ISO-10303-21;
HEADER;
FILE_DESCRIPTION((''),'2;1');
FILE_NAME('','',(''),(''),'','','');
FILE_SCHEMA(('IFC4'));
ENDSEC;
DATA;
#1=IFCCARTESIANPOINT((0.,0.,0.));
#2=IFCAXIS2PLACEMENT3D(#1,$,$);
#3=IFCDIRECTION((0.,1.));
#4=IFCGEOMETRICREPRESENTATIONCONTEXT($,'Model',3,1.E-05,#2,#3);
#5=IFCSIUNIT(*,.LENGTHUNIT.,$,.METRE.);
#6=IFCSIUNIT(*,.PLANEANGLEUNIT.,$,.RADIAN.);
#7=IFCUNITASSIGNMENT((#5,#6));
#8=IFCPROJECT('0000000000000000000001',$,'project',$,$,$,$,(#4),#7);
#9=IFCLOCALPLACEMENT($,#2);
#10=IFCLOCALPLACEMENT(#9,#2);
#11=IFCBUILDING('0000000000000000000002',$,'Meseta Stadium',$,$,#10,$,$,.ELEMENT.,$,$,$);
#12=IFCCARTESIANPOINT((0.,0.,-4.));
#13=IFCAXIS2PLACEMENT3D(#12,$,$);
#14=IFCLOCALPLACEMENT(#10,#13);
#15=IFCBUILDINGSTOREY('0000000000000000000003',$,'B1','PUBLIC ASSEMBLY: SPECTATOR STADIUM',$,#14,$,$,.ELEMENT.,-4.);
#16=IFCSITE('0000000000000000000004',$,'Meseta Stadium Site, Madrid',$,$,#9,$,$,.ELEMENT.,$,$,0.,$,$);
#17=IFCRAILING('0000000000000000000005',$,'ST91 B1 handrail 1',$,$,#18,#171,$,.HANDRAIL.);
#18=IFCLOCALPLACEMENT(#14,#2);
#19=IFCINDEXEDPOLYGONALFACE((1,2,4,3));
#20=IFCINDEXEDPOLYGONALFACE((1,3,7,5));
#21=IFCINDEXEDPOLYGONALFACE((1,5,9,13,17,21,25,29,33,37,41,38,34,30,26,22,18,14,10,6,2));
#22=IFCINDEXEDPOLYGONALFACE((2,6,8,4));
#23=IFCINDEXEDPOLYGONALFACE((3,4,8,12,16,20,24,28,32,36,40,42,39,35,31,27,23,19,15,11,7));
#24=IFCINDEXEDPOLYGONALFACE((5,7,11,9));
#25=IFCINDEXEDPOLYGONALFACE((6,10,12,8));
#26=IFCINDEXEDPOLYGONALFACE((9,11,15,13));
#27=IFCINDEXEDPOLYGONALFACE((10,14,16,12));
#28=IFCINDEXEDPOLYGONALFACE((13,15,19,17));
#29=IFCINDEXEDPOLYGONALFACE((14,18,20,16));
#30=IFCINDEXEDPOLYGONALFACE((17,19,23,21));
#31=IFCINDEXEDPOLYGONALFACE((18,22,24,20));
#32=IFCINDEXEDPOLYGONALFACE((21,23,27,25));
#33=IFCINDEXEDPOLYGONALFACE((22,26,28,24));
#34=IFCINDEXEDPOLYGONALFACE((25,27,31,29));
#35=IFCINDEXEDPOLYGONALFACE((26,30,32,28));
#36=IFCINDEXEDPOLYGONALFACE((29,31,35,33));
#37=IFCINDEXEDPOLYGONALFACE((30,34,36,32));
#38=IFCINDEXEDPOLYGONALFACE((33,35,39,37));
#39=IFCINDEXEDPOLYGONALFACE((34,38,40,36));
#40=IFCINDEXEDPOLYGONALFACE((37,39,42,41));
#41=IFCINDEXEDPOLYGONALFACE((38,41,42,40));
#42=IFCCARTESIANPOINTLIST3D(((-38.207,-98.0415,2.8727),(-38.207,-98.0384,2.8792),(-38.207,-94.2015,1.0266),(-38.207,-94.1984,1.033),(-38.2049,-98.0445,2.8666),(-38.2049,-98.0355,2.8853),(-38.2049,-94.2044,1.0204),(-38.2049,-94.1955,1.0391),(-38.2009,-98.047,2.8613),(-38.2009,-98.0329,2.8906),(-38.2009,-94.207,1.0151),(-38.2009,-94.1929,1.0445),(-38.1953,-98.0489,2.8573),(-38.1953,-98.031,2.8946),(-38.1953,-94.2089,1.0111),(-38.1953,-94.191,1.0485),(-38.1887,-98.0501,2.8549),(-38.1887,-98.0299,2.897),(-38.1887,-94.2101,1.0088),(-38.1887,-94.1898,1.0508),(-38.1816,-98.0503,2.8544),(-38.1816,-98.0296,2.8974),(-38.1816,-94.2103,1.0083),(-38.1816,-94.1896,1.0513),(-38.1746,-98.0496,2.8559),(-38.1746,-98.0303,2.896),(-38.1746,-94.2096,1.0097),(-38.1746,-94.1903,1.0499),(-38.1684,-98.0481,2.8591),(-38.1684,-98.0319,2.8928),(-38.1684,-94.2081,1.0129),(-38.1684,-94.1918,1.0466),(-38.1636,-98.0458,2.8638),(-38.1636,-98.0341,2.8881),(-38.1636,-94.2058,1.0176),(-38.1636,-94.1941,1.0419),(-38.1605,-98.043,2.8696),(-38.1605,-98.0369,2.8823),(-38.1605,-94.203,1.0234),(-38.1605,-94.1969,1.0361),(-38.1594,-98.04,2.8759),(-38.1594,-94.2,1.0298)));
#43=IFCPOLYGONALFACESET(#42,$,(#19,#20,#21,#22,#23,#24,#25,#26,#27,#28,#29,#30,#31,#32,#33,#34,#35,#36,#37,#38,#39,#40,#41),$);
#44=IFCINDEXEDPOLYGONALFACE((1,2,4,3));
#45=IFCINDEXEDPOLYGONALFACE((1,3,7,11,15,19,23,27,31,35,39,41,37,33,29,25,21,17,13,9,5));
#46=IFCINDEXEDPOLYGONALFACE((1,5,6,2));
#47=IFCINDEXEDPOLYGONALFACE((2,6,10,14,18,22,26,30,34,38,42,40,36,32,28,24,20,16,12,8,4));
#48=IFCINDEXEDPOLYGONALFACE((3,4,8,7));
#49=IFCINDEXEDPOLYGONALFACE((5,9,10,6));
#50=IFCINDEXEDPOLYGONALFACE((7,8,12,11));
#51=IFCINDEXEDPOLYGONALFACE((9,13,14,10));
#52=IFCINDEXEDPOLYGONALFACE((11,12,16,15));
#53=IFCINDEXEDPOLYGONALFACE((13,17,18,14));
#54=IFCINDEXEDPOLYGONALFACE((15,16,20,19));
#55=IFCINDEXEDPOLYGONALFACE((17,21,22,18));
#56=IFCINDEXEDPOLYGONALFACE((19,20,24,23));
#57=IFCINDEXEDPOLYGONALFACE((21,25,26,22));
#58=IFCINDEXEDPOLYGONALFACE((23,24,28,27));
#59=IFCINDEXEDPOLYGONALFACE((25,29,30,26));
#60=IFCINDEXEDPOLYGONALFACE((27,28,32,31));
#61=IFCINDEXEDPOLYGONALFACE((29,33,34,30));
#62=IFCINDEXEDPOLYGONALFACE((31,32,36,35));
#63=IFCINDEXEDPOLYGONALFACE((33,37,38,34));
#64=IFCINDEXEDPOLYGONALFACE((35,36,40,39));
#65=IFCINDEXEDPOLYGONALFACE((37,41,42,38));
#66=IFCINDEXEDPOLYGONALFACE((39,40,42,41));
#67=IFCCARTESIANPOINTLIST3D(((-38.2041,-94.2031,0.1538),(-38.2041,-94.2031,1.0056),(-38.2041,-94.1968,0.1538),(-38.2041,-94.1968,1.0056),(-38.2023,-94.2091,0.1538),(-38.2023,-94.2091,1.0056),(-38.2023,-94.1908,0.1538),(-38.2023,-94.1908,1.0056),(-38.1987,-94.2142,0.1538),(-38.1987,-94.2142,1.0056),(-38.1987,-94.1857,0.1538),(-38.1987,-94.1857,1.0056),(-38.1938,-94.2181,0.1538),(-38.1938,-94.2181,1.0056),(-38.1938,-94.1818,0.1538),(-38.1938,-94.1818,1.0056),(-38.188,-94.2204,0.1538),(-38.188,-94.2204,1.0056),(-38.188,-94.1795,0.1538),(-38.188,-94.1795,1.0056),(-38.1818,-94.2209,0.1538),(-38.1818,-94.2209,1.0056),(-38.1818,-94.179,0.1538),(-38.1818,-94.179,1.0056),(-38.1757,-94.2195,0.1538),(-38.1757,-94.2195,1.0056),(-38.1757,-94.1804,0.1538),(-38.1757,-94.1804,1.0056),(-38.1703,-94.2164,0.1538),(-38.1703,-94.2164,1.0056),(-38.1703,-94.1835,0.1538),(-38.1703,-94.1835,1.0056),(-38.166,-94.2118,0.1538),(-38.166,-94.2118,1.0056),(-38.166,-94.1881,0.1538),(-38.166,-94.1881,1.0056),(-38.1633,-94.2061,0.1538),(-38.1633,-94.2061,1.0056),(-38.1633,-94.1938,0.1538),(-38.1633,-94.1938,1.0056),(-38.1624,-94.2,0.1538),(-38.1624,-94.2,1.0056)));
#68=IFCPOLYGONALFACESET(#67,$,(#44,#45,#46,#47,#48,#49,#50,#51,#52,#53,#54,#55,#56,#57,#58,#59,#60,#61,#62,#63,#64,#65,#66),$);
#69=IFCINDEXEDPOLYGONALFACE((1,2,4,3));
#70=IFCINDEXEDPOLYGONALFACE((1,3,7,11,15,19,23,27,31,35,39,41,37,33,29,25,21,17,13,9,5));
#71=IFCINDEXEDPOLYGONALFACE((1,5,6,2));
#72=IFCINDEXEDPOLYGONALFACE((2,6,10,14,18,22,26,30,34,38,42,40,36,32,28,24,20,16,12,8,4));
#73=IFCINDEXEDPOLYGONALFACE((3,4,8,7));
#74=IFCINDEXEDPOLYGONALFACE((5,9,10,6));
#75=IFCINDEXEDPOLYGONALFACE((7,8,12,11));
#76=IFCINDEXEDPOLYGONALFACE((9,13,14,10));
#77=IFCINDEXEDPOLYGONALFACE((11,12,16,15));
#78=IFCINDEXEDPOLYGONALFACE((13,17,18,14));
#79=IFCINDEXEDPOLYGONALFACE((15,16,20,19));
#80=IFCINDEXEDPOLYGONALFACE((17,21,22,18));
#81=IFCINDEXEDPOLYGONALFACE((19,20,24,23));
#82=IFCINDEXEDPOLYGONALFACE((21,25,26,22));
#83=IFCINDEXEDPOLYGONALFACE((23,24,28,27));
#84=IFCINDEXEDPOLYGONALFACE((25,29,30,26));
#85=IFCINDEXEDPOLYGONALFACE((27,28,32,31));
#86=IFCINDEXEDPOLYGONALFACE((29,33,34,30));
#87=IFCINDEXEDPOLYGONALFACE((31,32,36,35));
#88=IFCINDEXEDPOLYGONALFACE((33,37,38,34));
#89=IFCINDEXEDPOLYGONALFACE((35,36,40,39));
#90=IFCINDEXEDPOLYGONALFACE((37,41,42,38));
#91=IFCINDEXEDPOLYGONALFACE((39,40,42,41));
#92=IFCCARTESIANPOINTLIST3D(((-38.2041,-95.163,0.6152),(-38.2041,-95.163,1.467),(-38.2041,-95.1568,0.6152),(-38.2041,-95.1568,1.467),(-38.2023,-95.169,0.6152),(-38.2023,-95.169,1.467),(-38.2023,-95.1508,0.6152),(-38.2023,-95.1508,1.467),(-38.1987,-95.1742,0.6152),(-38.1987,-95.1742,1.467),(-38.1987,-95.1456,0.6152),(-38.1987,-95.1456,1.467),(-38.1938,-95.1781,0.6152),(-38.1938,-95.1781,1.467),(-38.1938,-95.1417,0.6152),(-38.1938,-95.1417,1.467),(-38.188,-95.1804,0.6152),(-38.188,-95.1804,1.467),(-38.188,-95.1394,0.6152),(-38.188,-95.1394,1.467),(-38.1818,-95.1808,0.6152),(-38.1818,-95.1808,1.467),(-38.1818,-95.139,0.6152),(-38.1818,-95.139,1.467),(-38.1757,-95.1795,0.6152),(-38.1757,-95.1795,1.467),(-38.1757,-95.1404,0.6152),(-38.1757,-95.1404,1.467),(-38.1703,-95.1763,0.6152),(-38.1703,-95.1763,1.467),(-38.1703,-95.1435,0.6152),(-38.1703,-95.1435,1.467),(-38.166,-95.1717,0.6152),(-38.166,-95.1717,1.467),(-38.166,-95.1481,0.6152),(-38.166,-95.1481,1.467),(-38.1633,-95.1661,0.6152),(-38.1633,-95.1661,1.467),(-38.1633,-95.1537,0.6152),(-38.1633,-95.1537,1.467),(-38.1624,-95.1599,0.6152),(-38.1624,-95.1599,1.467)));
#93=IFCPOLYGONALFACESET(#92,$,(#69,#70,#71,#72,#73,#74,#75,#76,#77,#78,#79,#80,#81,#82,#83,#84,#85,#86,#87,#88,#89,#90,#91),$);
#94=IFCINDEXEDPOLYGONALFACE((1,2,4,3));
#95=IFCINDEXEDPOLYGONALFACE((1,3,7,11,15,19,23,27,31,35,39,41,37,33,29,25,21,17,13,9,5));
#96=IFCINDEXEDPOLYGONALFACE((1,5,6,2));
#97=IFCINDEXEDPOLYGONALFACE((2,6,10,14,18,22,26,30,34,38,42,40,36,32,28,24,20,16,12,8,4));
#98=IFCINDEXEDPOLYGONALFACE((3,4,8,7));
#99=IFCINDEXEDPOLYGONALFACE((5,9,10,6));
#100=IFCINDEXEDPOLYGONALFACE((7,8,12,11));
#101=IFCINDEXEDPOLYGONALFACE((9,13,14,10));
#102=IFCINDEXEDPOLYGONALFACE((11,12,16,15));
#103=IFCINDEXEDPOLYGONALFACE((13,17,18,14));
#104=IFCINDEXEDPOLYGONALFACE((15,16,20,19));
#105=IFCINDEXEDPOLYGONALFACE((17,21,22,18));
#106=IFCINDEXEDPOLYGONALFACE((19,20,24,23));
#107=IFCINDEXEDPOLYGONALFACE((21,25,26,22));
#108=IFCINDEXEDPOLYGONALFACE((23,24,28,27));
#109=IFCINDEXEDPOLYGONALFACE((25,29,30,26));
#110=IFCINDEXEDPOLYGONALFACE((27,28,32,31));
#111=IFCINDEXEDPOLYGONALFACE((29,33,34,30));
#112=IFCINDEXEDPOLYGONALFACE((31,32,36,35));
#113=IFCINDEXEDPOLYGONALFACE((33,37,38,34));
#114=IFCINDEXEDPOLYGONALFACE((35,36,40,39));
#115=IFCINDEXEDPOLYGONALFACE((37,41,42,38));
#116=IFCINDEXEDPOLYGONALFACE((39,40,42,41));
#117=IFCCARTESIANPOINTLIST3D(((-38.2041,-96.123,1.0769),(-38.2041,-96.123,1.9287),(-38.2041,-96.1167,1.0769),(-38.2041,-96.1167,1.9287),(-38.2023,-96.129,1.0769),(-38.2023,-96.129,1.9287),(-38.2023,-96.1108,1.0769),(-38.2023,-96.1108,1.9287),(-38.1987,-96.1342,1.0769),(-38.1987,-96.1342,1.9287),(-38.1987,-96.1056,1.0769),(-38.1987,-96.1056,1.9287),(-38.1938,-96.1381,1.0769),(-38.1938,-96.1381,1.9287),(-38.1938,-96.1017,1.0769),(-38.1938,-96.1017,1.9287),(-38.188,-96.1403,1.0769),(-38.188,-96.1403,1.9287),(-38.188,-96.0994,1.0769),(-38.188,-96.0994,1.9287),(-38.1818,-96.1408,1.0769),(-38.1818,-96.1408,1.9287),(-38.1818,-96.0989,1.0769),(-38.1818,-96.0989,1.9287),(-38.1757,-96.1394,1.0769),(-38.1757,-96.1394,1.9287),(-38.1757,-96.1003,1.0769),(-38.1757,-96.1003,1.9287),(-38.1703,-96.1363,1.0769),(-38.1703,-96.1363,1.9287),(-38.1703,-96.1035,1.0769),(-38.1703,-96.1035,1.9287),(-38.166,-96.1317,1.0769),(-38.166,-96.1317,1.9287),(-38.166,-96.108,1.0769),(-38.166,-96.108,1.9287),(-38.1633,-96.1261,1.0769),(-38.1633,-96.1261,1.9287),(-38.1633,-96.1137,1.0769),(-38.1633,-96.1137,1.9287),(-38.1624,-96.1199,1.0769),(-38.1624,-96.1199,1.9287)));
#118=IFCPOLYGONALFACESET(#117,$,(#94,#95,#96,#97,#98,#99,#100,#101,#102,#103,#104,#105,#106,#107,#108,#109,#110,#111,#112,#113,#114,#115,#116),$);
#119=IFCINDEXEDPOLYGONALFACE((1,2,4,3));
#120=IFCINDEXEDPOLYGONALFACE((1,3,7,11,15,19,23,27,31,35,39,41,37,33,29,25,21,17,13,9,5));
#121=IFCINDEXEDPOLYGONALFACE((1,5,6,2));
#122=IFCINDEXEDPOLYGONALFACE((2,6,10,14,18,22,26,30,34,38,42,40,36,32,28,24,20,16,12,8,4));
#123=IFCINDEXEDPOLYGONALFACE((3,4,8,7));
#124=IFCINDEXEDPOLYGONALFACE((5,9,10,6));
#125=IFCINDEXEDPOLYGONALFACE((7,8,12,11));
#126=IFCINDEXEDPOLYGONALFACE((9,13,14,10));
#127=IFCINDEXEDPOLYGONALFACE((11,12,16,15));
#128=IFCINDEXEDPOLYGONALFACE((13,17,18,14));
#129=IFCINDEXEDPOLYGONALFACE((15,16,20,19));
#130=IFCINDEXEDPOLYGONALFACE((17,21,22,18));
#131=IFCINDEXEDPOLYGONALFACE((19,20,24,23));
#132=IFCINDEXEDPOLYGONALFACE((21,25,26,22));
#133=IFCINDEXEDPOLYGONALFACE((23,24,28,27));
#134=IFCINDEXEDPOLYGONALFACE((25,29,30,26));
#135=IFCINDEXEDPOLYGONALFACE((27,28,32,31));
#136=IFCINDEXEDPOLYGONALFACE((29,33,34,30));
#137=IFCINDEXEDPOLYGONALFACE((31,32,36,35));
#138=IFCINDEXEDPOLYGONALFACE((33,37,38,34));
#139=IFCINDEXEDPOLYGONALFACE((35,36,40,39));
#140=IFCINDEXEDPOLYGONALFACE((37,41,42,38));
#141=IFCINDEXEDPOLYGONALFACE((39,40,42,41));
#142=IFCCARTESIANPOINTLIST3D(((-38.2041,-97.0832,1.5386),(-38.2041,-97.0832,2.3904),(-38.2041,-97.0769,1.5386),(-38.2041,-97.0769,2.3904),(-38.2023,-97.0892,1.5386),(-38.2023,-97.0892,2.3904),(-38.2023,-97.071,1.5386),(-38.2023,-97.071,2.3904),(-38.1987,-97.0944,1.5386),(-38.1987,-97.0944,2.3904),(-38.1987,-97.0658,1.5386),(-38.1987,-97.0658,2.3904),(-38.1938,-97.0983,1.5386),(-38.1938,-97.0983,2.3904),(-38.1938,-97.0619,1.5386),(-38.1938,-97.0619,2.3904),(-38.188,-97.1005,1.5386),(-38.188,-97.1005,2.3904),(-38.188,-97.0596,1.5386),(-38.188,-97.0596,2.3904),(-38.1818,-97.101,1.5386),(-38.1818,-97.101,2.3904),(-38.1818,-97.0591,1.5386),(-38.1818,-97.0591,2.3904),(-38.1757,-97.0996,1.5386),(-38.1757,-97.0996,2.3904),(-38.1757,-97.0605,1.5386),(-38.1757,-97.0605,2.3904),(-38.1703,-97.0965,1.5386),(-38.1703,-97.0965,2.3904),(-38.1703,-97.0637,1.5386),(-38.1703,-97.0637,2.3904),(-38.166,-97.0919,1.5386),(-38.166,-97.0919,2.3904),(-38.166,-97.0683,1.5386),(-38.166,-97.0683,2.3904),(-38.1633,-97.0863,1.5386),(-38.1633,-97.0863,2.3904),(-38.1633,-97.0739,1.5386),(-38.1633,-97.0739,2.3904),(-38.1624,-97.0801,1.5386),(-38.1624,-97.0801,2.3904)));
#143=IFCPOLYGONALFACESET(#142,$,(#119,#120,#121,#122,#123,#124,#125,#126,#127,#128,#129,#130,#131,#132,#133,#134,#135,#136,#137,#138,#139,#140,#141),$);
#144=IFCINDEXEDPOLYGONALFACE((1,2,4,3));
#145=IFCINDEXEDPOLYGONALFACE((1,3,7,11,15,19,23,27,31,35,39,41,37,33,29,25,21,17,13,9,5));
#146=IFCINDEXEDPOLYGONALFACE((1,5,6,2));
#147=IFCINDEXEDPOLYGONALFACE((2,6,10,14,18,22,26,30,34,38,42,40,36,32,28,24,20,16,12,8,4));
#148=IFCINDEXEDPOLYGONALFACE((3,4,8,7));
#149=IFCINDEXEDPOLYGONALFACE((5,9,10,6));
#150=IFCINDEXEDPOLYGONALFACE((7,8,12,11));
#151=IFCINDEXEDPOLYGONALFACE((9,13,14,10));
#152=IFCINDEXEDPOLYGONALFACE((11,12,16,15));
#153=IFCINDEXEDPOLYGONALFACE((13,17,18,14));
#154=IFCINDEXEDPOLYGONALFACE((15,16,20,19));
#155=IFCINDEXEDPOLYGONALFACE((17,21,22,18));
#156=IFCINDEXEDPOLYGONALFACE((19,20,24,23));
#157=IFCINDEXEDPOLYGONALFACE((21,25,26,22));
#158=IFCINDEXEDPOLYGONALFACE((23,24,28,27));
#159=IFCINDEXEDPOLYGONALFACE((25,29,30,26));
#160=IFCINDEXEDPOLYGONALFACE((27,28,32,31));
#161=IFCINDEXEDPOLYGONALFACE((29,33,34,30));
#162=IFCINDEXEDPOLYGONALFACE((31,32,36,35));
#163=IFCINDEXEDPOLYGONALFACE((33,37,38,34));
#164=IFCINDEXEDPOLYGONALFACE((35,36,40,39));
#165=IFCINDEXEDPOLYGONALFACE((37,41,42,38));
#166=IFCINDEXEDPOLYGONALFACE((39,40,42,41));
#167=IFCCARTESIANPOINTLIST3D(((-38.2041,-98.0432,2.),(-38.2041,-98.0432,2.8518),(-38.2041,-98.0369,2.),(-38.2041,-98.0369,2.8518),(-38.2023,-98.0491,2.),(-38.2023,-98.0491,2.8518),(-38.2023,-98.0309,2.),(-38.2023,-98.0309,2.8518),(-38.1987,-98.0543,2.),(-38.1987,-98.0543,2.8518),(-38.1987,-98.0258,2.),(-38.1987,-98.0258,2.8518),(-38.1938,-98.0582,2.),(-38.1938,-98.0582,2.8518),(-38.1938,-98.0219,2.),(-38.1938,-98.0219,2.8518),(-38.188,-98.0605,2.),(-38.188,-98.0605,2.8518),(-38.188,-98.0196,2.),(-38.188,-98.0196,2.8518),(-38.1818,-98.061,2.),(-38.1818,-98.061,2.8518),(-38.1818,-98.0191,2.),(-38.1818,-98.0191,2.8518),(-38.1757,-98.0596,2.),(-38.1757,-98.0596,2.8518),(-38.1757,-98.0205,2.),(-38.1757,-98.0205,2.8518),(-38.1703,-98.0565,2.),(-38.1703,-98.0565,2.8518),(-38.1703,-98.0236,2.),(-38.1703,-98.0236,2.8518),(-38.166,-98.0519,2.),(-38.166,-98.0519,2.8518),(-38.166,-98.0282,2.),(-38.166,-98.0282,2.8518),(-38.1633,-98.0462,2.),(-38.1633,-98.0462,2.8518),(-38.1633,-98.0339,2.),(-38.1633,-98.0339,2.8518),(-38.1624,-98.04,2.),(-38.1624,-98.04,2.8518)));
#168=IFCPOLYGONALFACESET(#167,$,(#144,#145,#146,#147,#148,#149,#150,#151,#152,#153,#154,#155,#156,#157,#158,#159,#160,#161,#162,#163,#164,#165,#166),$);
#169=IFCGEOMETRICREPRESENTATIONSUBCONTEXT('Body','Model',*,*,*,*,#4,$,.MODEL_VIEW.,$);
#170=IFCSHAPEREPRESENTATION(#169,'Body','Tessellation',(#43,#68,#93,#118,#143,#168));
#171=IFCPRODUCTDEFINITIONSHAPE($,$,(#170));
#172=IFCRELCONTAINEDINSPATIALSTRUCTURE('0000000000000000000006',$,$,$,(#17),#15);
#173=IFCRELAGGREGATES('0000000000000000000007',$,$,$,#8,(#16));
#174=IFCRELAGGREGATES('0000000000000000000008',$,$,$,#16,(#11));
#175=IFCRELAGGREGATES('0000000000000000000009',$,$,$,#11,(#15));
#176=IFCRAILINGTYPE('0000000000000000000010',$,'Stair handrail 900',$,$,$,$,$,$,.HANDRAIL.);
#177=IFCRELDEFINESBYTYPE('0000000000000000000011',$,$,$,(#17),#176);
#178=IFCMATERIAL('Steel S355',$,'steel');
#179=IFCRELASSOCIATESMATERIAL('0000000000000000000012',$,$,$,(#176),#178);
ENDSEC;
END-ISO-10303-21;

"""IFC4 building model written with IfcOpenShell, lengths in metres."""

from ifc_helpers import new_model, si_unit, direction, frame, origin, origin_2d, place, context, subcontext, project, spatial, circle, extrude, material, type_object, element, save


model = new_model("IFC4")

# Units and contexts
model_context = context("Model", 3, precision=1e-05, world=origin(), true_north=direction((0.0, 1.0)))
body_context = subcontext(model_context, "Body", "Model", "MODEL_VIEW")
ifc_project = project(units=[si_unit("LENGTHUNIT", "METRE"), si_unit("PLANEANGLEUNIT", "RADIAN")], contexts=[model_context])

# Site, building, storey
site_placement = place(None, origin())
site = spatial("IfcSite", under=ifc_project, at=site_placement, Name="Meseta Stadium Site, Madrid", CompositionType="ELEMENT", RefElevation=0.0)
building_placement = place(site_placement, origin())
building = spatial("IfcBuilding", under=site, at=building_placement, Name="Meseta Stadium", CompositionType="ELEMENT")
storey_placement = place(building_placement, frame((0.0, 0.0, -4.0)))
storey = spatial("IfcBuildingStorey", under=building, at=storey_placement, Name="B1", Description="PUBLIC ASSEMBLY: SPECTATOR STADIUM", CompositionType="ELEMENT", Elevation=-4.0)

# Railing
ifc_material_1 = material(Name="Steel S355", Category="steel")
railing_type_1 = type_object("IfcRailingType", Name="Stair handrail 900", PredefinedType="HANDRAIL", material=ifc_material_1)
for number, where, name in (
    (1, (-38.1833, -94.2, 0.1538), "ST91 B1 handrail 1"),
):
    element("IfcRailing", number, at=place(storey_placement, frame(where)), inside=storey, type_object=railing_type_1, Name=name, PredefinedType="HANDRAIL", context=body_context, shape_type="SweptSolid", body=[
        extrude(circle(Radius=0.0239, at=origin_2d()), frame((0.0, 0.0, 0.876), z_axis=(0.0, -0.901253, 0.433294), x_axis=(1.0, 0.0, 0.0)), (0.0, 0.0, 1.0), 4.2607),
        extrude(circle(Radius=0.021, at=origin_2d()), origin(), (0.0, 0.0, 1.0), 0.8518),
        extrude(circle(Radius=0.021, at=origin_2d()), frame((0.0, -0.96, 0.4614)), (0.0, 0.0, 1.0), 0.8518),
        extrude(circle(Radius=0.021, at=origin_2d()), frame((0.0, -1.9199, 0.9231)), (0.0, 0.0, 1.0), 0.8518),
        extrude(circle(Radius=0.021, at=origin_2d()), frame((0.0, -2.8801, 1.3848)), (0.0, 0.0, 1.0), 0.8518),
        extrude(circle(Radius=0.021, at=origin_2d()), frame((0.0, -3.8401, 1.8462)), (0.0, 0.0, 1.0), 0.8518),
    ])

save(model, "model.ifc")
